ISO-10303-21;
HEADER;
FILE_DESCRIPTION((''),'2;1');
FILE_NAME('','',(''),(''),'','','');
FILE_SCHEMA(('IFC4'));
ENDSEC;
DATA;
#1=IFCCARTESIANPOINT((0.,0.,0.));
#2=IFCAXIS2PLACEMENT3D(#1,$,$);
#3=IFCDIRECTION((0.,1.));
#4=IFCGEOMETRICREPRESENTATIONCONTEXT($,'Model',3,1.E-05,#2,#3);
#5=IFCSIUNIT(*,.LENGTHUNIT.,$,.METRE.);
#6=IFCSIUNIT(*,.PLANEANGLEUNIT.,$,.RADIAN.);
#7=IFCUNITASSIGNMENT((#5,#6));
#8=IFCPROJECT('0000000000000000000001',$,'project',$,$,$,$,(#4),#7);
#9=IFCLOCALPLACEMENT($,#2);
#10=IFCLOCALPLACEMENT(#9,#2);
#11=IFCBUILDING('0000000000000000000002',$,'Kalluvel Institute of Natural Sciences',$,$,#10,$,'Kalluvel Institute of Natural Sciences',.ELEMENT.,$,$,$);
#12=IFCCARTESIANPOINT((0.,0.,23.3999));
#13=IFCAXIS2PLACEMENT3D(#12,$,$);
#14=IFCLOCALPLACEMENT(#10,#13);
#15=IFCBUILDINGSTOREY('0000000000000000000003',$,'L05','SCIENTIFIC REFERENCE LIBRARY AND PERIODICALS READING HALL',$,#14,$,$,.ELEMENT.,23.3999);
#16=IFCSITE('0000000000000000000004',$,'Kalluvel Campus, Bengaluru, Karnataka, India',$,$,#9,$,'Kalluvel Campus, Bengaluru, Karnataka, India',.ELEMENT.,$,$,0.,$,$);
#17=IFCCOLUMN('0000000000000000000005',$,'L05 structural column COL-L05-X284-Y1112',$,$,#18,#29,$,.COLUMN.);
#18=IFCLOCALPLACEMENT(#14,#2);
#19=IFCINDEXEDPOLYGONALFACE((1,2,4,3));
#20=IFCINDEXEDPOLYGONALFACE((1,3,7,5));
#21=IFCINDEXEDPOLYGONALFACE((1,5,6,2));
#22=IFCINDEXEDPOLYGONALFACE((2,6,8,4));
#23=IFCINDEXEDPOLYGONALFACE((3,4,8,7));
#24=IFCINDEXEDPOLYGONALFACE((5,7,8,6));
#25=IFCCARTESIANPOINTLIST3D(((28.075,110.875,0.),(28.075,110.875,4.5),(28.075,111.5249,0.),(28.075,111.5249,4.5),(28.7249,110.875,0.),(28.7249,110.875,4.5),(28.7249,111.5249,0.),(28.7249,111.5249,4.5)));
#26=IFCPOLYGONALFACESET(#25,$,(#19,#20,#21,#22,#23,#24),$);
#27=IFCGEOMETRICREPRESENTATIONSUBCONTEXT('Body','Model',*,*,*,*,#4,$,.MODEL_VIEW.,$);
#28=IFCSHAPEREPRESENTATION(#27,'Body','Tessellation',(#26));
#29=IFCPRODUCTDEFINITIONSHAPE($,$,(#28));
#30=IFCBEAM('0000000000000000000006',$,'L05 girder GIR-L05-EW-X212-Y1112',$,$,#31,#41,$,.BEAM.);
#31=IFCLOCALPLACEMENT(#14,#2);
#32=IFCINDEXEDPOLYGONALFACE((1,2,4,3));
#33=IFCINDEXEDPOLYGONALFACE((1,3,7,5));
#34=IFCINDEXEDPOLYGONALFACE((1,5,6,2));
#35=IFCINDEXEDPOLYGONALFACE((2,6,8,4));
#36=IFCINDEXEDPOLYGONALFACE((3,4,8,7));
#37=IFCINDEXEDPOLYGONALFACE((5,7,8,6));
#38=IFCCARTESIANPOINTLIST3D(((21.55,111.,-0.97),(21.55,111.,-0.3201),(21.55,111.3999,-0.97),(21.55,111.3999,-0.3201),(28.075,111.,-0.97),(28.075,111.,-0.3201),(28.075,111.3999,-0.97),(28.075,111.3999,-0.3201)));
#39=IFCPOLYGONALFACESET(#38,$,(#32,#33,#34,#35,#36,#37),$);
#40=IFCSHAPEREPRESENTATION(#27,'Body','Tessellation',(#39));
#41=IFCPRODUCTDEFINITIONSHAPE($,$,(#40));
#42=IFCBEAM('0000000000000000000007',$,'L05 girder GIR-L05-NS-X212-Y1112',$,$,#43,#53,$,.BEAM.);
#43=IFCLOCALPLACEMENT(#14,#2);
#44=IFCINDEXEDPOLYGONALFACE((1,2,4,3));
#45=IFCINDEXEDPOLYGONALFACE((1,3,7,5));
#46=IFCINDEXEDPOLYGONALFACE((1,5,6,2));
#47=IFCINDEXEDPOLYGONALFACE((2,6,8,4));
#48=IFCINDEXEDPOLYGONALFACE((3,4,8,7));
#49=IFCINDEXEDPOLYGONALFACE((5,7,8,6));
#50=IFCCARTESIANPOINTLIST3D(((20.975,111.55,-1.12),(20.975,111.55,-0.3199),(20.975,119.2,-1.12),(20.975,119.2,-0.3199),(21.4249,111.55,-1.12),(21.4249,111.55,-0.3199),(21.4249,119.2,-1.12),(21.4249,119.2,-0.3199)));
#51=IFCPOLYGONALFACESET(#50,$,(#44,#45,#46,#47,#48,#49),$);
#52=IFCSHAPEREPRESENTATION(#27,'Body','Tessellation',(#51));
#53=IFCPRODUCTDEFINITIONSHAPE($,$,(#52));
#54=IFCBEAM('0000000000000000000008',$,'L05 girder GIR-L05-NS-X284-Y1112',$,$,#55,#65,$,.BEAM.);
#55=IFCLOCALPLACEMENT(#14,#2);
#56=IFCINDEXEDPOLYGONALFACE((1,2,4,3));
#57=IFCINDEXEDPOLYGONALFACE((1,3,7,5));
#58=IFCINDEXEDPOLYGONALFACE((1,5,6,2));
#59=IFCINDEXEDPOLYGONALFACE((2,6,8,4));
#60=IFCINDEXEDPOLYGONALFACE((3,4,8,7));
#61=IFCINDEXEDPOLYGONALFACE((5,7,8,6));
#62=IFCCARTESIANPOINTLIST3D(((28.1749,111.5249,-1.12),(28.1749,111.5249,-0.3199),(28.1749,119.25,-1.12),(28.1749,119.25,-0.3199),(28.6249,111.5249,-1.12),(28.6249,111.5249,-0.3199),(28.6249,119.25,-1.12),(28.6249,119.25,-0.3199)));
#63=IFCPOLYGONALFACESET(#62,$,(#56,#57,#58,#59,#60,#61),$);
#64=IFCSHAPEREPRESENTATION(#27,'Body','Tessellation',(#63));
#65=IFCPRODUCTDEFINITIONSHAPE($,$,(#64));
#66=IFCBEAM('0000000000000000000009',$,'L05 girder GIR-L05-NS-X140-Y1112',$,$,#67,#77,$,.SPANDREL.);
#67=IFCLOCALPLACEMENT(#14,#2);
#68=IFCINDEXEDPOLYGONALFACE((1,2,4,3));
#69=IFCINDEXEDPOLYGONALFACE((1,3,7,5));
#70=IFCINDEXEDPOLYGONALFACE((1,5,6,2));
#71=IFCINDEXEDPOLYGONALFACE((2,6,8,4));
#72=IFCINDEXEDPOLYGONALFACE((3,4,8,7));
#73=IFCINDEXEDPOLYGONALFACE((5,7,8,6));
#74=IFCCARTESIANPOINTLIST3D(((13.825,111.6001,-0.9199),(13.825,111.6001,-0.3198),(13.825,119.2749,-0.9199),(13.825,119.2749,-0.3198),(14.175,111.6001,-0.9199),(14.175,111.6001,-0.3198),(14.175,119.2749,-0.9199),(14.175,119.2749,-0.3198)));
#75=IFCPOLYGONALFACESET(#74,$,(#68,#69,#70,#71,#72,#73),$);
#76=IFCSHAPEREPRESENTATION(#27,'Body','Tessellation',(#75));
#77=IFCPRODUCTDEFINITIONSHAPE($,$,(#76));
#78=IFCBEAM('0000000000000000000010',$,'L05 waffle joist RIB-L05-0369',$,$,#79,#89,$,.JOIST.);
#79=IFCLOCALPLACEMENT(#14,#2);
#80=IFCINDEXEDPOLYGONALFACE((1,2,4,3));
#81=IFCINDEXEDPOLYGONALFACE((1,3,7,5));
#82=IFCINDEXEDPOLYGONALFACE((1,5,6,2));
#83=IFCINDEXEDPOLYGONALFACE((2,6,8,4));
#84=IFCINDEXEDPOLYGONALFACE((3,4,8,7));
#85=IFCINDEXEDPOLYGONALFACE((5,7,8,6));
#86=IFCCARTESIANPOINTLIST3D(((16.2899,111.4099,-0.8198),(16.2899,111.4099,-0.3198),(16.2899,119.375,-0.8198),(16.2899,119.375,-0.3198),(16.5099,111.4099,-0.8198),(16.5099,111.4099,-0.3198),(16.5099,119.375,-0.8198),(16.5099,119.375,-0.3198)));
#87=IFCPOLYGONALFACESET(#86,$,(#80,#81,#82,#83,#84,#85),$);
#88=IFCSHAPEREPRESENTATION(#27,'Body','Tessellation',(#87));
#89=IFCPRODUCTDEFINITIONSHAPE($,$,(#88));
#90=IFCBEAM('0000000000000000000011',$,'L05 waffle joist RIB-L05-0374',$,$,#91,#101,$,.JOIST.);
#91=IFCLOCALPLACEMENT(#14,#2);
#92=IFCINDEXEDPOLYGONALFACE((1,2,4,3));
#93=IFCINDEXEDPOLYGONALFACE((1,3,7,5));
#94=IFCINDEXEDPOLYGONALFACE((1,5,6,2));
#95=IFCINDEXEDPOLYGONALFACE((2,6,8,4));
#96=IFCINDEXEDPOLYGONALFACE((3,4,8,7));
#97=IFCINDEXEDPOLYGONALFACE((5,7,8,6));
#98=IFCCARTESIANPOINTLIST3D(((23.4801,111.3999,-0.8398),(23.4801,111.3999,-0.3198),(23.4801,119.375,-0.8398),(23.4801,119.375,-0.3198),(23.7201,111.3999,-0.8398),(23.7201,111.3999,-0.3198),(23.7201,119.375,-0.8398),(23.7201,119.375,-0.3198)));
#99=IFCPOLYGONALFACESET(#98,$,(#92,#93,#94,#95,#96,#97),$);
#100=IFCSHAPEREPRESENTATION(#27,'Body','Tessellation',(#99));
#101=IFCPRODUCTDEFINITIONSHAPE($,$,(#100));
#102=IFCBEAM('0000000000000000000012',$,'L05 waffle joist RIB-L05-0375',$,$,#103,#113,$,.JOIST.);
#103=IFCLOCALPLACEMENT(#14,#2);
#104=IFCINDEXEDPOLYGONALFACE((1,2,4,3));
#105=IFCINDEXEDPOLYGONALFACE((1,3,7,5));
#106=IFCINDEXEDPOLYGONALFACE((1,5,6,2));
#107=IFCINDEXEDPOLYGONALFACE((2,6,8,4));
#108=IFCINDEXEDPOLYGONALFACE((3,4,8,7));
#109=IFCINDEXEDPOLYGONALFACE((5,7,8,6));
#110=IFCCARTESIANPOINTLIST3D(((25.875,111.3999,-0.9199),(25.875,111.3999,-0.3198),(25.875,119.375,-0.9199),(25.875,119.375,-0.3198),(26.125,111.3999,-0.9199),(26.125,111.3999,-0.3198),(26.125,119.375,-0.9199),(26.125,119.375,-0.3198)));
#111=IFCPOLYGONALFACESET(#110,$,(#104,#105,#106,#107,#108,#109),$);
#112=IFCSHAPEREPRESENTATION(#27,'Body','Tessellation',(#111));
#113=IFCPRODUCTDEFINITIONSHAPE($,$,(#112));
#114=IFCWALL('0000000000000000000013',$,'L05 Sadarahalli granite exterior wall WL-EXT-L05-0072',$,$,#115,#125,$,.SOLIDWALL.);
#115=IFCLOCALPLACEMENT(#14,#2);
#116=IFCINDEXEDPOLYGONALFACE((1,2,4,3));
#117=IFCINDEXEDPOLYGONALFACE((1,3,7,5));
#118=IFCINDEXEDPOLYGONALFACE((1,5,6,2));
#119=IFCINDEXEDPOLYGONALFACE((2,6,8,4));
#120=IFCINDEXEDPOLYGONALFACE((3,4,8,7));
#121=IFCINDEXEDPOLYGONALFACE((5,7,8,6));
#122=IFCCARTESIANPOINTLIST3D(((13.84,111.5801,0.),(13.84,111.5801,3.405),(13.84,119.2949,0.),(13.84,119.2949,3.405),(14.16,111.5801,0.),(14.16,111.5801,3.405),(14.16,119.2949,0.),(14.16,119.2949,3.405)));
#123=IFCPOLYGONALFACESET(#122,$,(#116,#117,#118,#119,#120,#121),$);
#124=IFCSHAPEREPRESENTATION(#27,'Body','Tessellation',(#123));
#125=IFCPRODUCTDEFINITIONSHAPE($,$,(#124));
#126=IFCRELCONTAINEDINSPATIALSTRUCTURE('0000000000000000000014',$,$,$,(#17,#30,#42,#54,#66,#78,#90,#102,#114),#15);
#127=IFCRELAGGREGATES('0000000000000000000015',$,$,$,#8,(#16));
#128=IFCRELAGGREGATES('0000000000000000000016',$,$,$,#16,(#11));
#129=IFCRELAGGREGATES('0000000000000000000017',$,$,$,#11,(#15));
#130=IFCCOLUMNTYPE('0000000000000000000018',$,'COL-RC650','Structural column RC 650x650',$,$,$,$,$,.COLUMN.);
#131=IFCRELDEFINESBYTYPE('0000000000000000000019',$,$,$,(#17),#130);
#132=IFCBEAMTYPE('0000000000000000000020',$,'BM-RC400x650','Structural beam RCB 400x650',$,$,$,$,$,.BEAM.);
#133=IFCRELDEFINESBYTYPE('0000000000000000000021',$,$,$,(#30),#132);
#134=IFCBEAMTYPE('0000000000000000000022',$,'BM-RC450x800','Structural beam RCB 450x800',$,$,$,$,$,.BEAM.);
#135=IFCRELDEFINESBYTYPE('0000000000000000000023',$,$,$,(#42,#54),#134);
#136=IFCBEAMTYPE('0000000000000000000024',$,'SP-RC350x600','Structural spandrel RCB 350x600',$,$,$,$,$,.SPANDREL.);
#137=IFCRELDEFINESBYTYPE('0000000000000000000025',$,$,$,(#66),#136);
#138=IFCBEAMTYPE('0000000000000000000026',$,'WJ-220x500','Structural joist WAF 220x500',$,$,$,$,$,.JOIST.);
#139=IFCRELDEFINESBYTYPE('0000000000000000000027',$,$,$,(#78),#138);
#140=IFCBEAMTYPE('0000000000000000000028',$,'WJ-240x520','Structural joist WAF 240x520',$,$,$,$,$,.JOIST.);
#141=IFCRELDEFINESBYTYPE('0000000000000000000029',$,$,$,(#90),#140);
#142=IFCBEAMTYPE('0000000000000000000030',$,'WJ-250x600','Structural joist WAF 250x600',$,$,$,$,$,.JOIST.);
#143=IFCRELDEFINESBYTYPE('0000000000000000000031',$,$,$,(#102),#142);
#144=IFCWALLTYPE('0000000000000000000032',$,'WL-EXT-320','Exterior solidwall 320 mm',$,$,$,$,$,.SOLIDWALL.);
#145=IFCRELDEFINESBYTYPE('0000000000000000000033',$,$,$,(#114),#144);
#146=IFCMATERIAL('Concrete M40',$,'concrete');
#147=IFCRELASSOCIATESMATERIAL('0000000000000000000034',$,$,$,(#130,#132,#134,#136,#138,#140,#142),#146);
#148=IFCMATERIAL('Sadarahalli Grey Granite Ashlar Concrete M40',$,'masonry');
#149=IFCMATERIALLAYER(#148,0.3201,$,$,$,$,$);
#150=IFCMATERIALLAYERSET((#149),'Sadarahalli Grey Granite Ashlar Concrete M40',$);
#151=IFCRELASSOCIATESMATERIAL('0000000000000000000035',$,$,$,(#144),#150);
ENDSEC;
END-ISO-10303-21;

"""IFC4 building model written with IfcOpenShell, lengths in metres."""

from ifc_helpers import new_model, si_unit, direction, frame, frame_2d, origin, origin_2d, place, context, subcontext, project, spatial, rectangle, extrude, material, layer, layer_set, material_profile, profile_set, type_object, element, save


model = new_model("IFC4")

# Units and contexts
model_context = context("Model", 3, precision=1e-05, world=origin(), true_north=direction((0.0, 1.0)))
body_context = subcontext(model_context, "Body", "Model", "MODEL_VIEW")
ifc_project = project(units=[si_unit("LENGTHUNIT", "METRE"), si_unit("PLANEANGLEUNIT", "RADIAN")], contexts=[model_context])

# Site, building, storey
site_placement = place(None, origin())
site = spatial("IfcSite", under=ifc_project, at=site_placement, Name="Kalluvel Campus, Bengaluru, Karnataka, India", LongName="Kalluvel Campus, Bengaluru, Karnataka, India", CompositionType="ELEMENT", RefElevation=0.0)
building_placement = place(site_placement, origin())
building = spatial("IfcBuilding", under=site, at=building_placement, Name="Kalluvel Institute of Natural Sciences", LongName="Kalluvel Institute of Natural Sciences", CompositionType="ELEMENT")
storey_placement = place(building_placement, frame((0.0, 0.0, 23.3999)))
storey = spatial("IfcBuildingStorey", under=building, at=storey_placement, Name="L05", Description="SCIENTIFIC REFERENCE LIBRARY AND PERIODICALS READING HALL", CompositionType="ELEMENT", Elevation=23.3999)

# Column
ifc_material_1 = material(Name="Concrete M40", Category="concrete")
ifc_material_profile_1 = material_profile(ifc_material_1, rectangle(XDim=0.6499, YDim=0.6499, at=origin_2d()), Name="RC 650x650")
ifc_profile_set_1 = profile_set([ifc_material_profile_1], Name="Concrete M40")
column_type = type_object("IfcColumnType", Name="COL-RC650", Description="Structural column RC 650x650", PredefinedType="COLUMN", material=ifc_profile_set_1)
column_placement = place(storey_placement, frame((28.3999, 111.2, 0.0), z_axis=(0.0, 0.0, 1.0), x_axis=(1.0, 0.0, 0.0)))
element("IfcColumn", 1, at=column_placement, inside=storey, type_object=column_type, Name="L05 structural column COL-L05-X284-Y1112", PredefinedType="COLUMN", context=body_context, shape_type="SweptSolid", body=[
    extrude(rectangle(XDim=0.6499, YDim=0.6499, at=origin_2d()), origin(), (0.0, 0.0, 1.0), 4.5),
])

# Beams
ifc_material_profile_2 = material_profile(ifc_material_1, rectangle(XDim=0.3999, YDim=0.6499, at=origin_2d()), Name="RCB 400x650")
ifc_profile_set_2 = profile_set([ifc_material_profile_2], Name="Concrete M40")
beam_type_1 = type_object("IfcBeamType", Name="BM-RC400x650", Description="Structural beam RCB 400x650", PredefinedType="BEAM", material=ifc_profile_set_2)
beam_1_placement = place(storey_placement, frame((21.55, 111.2, -0.645), z_axis=(1.0, 0.0, 0.0), x_axis=(0.0, 1.0, 0.0)))
element("IfcBeam", 2, at=beam_1_placement, inside=storey, type_object=beam_type_1, Name="L05 girder GIR-L05-EW-X212-Y1112", PredefinedType="BEAM", context=body_context, shape_type="SweptSolid", body=[
    extrude(rectangle(XDim=0.3999, YDim=0.6499, at=origin_2d()), origin(), (0.0, 0.0, 1.0), 6.5249),
])
ifc_material_profile_3 = material_profile(ifc_material_1, rectangle(XDim=0.45, YDim=0.8, at=origin_2d()), Name="RCB 450x800")
ifc_profile_set_3 = profile_set([ifc_material_profile_3], Name="Concrete M40")
beam_type_2 = type_object("IfcBeamType", Name="BM-RC450x800", Description="Structural beam RCB 450x800", PredefinedType="BEAM", material=ifc_profile_set_3)
beam_2_placement = place(storey_placement, frame((21.2, 111.55, -0.72), z_axis=(0.0, 1.0, 0.0), x_axis=(-1.0, 0.0, 0.0)))
element("IfcBeam", 3, at=beam_2_placement, inside=storey, type_object=beam_type_2, Name="L05 girder GIR-L05-NS-X212-Y1112", PredefinedType="BEAM", context=body_context, shape_type="SweptSolid", body=[
    extrude(rectangle(XDim=0.45, YDim=0.8, at=origin_2d()), origin(), (0.0, 0.0, 1.0), 7.6499),
])
beam_3_placement = place(storey_placement, frame((28.3999, 111.5249, -0.72), z_axis=(0.0, 1.0, 0.0), x_axis=(-1.0, 0.0, 0.0)))
element("IfcBeam", 4, at=beam_3_placement, inside=storey, type_object=beam_type_2, Name="L05 girder GIR-L05-NS-X284-Y1112", PredefinedType="BEAM", context=body_context, shape_type="SweptSolid", body=[
    extrude(rectangle(XDim=0.45, YDim=0.8, at=origin_2d()), origin(), (0.0, 0.0, 1.0), 7.7251),
])
ifc_material_profile_4 = material_profile(ifc_material_1, rectangle(XDim=0.3501, YDim=0.6001, at=origin_2d()), Name="RCB 350x600")
ifc_profile_set_4 = profile_set([ifc_material_profile_4], Name="Concrete M40")
beam_type_3 = type_object("IfcBeamType", Name="SP-RC350x600", Description="Structural spandrel RCB 350x600", PredefinedType="SPANDREL", material=ifc_profile_set_4)
beam_4_placement = place(storey_placement, frame((14.0, 111.6001, -0.6199), z_axis=(0.0, 1.0, 0.0), x_axis=(-1.0, 0.0, 0.0)))
element("IfcBeam", 5, at=beam_4_placement, inside=storey, type_object=beam_type_3, Name="L05 girder GIR-L05-NS-X140-Y1112", PredefinedType="SPANDREL", context=body_context, shape_type="SweptSolid", body=[
    extrude(rectangle(XDim=0.3501, YDim=0.6001, at=origin_2d()), origin(), (0.0, 0.0, 1.0), 7.6748),
])
ifc_material_profile_5 = material_profile(ifc_material_1, rectangle(XDim=0.22, YDim=0.5, at=origin_2d()), Name="WAF 220x500")
ifc_profile_set_5 = profile_set([ifc_material_profile_5], Name="Concrete M40")
beam_type_4 = type_object("IfcBeamType", Name="WJ-220x500", Description="Structural joist WAF 220x500", PredefinedType="JOIST", material=ifc_profile_set_5)
beam_5_placement = place(storey_placement, frame((16.3999, 111.4099, -0.5698), z_axis=(0.0, 1.0, 0.0), x_axis=(-1.0, 0.0, 0.0)))
element("IfcBeam", 6, at=beam_5_placement, inside=storey, type_object=beam_type_4, Name="L05 waffle joist RIB-L05-0369", PredefinedType="JOIST", context=body_context, shape_type="SweptSolid", body=[
    extrude(rectangle(XDim=0.22, YDim=0.5, at=origin_2d()), origin(), (0.0, 0.0, 1.0), 7.9651),
])
ifc_material_profile_6 = material_profile(ifc_material_1, rectangle(XDim=0.24, YDim=0.52, at=origin_2d()), Name="WAF 240x520")
ifc_profile_set_6 = profile_set([ifc_material_profile_6], Name="Concrete M40")
beam_type_5 = type_object("IfcBeamType", Name="WJ-240x520", Description="Structural joist WAF 240x520", PredefinedType="JOIST", material=ifc_profile_set_6)
beam_6_placement = place(storey_placement, frame((23.6001, 111.3999, -0.5798), z_axis=(0.0, 1.0, 0.0), x_axis=(-1.0, 0.0, 0.0)))
element("IfcBeam", 7, at=beam_6_placement, inside=storey, type_object=beam_type_5, Name="L05 waffle joist RIB-L05-0374", PredefinedType="JOIST", context=body_context, shape_type="SweptSolid", body=[
    extrude(rectangle(XDim=0.24, YDim=0.52, at=origin_2d()), origin(), (0.0, 0.0, 1.0), 7.9751),
])
ifc_material_profile_7 = material_profile(ifc_material_1, rectangle(XDim=0.25, YDim=0.6001, at=origin_2d()), Name="WAF 250x600")
ifc_profile_set_7 = profile_set([ifc_material_profile_7], Name="Concrete M40")
beam_type_6 = type_object("IfcBeamType", Name="WJ-250x600", Description="Structural joist WAF 250x600", PredefinedType="JOIST", material=ifc_profile_set_7)
beam_7_placement = place(storey_placement, frame((26.0, 111.3999, -0.6199), z_axis=(0.0, 1.0, 0.0), x_axis=(-1.0, 0.0, 0.0)))
element("IfcBeam", 8, at=beam_7_placement, inside=storey, type_object=beam_type_6, Name="L05 waffle joist RIB-L05-0375", PredefinedType="JOIST", context=body_context, shape_type="SweptSolid", body=[
    extrude(rectangle(XDim=0.25, YDim=0.6001, at=origin_2d()), origin(), (0.0, 0.0, 1.0), 7.9751),
])

# Wall
ifc_material_2 = material(Name="Sadarahalli Grey Granite Ashlar Concrete M40", Category="masonry")
ifc_layer_1 = layer(ifc_material_2, 0.3201)
ifc_layer_set_1 = layer_set([ifc_layer_1], Name="Sadarahalli Grey Granite Ashlar Concrete M40")
wall_type_1 = type_object("IfcWallType", Name="WL-EXT-320", Description="Exterior solidwall 320 mm", PredefinedType="SOLIDWALL", material=ifc_layer_set_1)
wall_1_placement = place(storey_placement, frame((14.0, 111.5801, 0.0), z_axis=(0.0, 0.0, 1.0), x_axis=(0.0, 1.0, 0.0)))
element("IfcWall", 9, at=wall_1_placement, inside=storey, type_object=wall_type_1, Name="L05 Sadarahalli granite exterior wall WL-EXT-L05-0072", PredefinedType="SOLIDWALL", context=body_context, shape_type="SweptSolid", body=[
    extrude(rectangle(XDim=7.7148, YDim=0.3201, at=frame_2d((3.8574, 0.0))), origin(), (0.0, 0.0, 1.0), 3.405),
])

save(model, "model.ifc")
